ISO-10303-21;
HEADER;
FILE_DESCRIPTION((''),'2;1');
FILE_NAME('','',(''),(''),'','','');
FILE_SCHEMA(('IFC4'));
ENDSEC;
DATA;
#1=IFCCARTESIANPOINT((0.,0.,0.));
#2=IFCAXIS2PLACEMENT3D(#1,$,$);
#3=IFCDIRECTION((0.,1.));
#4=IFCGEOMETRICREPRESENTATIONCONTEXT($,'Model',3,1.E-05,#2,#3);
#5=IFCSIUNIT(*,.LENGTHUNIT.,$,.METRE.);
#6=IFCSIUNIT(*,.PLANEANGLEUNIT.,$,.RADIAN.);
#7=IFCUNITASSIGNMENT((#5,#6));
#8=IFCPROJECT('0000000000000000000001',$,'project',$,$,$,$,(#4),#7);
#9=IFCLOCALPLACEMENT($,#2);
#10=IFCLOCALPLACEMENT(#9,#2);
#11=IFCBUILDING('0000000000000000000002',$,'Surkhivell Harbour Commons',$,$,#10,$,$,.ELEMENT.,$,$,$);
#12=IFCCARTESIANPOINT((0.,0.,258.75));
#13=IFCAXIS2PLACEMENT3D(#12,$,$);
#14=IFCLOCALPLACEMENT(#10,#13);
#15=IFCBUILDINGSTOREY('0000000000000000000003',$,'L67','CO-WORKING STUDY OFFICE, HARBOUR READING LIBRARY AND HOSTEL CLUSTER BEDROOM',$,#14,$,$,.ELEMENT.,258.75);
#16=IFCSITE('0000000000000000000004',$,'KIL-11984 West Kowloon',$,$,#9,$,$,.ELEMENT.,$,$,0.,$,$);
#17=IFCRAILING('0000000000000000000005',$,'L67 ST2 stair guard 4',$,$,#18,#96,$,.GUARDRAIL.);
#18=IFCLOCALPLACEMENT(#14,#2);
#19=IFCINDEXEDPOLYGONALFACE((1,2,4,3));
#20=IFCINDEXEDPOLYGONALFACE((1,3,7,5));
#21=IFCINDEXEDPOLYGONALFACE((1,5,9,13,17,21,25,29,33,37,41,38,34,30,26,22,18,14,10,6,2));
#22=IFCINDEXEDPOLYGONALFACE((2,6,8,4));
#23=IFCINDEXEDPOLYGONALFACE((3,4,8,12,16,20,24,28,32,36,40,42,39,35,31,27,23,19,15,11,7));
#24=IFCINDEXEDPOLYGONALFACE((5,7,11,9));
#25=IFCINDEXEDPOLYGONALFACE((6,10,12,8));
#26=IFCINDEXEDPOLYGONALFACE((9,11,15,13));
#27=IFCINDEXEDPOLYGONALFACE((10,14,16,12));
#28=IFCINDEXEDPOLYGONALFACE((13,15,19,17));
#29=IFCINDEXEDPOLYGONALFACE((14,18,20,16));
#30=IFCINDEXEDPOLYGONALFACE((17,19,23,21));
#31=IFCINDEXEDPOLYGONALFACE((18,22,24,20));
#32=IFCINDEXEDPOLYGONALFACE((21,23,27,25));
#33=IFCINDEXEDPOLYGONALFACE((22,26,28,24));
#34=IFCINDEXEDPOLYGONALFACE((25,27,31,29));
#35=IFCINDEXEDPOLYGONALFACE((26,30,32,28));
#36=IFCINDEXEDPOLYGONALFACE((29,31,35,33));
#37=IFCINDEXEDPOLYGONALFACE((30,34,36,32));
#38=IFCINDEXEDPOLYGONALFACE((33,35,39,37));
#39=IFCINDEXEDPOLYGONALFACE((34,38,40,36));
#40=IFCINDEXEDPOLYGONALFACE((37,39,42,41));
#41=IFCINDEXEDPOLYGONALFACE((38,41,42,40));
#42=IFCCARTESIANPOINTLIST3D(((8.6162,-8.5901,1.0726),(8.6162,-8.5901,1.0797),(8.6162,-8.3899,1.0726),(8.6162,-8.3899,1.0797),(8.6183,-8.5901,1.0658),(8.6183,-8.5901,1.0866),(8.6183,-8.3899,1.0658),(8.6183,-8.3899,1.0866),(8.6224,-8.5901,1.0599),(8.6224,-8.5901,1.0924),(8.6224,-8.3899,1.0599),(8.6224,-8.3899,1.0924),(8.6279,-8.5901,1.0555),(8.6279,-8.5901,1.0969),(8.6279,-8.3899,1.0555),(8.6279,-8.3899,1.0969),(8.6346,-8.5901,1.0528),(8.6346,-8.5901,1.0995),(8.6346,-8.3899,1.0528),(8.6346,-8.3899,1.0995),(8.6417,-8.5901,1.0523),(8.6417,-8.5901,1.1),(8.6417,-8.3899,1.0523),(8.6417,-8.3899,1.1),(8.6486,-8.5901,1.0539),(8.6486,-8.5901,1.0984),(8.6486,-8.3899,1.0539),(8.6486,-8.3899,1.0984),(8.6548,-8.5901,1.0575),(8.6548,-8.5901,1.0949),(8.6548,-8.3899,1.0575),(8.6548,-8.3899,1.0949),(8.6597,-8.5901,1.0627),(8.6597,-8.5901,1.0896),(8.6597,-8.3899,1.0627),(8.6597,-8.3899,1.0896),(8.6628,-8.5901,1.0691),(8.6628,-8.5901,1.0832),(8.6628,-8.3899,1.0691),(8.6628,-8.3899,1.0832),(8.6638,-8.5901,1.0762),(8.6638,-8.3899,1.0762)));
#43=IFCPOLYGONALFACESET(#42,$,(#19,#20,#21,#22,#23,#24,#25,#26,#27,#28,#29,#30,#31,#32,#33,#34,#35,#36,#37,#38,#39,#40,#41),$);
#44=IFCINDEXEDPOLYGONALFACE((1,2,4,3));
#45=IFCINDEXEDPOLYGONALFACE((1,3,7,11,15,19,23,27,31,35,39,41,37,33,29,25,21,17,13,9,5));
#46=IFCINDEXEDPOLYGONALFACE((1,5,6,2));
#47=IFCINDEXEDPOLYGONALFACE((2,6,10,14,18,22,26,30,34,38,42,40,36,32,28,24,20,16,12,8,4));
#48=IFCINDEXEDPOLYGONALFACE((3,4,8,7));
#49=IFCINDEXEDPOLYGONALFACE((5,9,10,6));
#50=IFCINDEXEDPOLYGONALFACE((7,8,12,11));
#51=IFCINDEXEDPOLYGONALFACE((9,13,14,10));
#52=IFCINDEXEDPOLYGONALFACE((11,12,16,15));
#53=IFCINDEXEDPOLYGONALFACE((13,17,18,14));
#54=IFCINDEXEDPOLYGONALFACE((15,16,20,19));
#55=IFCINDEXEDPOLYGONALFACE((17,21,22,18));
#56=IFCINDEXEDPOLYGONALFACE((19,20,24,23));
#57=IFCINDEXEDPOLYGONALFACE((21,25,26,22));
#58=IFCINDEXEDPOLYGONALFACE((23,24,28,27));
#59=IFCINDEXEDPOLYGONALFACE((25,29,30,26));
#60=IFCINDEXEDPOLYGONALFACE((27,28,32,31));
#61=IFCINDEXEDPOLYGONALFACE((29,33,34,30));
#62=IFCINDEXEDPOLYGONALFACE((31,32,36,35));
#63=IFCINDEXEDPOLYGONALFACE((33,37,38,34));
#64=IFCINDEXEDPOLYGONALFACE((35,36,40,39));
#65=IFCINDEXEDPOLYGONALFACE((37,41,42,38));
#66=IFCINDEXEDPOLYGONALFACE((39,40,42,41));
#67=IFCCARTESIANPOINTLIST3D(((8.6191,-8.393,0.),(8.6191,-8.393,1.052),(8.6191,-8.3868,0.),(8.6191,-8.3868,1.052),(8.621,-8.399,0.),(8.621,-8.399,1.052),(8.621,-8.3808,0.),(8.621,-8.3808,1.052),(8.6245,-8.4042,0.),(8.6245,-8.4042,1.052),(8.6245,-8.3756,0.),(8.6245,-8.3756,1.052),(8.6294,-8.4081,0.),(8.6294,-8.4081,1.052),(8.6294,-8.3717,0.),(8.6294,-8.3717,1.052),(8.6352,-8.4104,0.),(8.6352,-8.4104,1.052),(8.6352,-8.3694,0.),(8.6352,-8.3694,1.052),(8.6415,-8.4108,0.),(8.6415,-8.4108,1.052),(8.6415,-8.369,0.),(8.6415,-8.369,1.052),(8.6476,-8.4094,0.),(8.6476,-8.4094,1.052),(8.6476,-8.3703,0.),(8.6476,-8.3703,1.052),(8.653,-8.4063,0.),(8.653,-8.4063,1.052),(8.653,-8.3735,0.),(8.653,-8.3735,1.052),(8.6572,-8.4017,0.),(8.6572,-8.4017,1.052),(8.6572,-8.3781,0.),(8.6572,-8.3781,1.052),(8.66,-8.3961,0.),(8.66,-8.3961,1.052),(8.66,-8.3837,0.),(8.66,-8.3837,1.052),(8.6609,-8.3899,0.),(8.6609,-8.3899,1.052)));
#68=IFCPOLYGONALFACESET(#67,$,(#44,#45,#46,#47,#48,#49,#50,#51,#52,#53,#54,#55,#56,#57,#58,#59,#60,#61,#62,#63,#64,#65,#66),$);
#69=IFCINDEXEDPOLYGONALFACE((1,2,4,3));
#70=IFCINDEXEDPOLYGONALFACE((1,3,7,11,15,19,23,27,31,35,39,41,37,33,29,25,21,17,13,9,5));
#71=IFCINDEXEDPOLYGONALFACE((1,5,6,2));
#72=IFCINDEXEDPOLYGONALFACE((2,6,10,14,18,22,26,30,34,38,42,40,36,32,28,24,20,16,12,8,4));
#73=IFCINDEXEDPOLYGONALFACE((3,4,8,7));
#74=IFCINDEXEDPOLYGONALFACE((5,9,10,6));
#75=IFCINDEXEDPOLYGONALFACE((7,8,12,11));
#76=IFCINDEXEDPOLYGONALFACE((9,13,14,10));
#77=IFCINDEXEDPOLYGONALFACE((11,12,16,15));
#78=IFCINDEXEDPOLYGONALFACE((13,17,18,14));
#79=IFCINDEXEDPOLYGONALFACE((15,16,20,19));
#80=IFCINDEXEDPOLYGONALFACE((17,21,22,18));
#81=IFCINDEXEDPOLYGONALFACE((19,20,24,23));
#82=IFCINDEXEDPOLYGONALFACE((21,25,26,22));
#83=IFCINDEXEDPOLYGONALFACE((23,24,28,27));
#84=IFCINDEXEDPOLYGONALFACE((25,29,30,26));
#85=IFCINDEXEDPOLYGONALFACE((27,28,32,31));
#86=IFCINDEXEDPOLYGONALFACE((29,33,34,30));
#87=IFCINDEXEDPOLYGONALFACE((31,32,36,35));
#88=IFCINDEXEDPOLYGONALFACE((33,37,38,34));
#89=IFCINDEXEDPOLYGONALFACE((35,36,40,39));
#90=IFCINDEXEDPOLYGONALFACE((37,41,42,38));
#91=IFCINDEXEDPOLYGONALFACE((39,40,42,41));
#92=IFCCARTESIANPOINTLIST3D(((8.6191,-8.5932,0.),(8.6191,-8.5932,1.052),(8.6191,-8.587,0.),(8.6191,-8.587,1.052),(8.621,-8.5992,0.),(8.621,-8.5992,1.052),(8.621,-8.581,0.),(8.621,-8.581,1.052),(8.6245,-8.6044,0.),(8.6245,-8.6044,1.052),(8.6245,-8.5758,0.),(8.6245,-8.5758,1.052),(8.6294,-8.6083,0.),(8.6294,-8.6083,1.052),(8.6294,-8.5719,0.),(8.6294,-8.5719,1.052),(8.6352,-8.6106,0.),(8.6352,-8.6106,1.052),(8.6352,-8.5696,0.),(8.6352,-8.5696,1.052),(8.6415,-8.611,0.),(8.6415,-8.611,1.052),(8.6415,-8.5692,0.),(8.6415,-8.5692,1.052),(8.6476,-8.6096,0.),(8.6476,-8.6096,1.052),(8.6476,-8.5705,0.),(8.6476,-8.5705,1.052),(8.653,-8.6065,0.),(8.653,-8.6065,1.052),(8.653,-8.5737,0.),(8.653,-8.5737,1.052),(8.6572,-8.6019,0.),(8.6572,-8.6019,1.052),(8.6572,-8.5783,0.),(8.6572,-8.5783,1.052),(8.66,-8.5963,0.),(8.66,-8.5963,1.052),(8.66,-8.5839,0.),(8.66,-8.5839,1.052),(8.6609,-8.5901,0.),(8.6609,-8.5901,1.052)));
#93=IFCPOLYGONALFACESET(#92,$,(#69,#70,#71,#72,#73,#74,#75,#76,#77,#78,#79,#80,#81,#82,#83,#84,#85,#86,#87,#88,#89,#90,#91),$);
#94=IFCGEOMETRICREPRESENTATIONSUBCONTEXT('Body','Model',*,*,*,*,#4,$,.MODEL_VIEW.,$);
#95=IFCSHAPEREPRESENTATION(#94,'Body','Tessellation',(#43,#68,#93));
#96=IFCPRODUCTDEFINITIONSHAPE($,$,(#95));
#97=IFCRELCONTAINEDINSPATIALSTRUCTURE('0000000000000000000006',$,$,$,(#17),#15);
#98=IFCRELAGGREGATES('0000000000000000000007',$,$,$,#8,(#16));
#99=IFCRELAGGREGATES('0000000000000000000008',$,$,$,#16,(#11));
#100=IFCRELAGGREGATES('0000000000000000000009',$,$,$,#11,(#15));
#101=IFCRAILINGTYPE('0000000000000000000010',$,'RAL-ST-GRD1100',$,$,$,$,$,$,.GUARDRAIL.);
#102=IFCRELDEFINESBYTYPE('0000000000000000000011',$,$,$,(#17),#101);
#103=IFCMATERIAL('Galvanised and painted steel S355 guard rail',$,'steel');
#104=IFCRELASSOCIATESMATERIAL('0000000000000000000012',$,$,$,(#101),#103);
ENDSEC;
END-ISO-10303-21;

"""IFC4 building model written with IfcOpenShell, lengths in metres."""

from ifc_helpers import new_model, si_unit, direction, frame, origin, origin_2d, place, context, subcontext, project, spatial, circle, extrude, material, type_object, element, save


model = new_model("IFC4")

# Units and contexts
model_context = context("Model", 3, precision=1e-05, world=origin(), true_north=direction((0.0, 1.0)))
body_context = subcontext(model_context, "Body", "Model", "MODEL_VIEW")
ifc_project = project(units=[si_unit("LENGTHUNIT", "METRE"), si_unit("PLANEANGLEUNIT", "RADIAN")], contexts=[model_context])

# Site, building, storey
site_placement = place(None, origin())
site = spatial("IfcSite", under=ifc_project, at=site_placement, Name="KIL-11984 West Kowloon", CompositionType="ELEMENT", RefElevation=0.0)
building_placement = place(site_placement, origin())
building = spatial("IfcBuilding", under=site, at=building_placement, Name="Surkhivell Harbour Commons", CompositionType="ELEMENT")
storey_placement = place(building_placement, frame((0.0, 0.0, 258.75)))
storey = spatial("IfcBuildingStorey", under=building, at=storey_placement, Name="L67", Description="CO-WORKING STUDY OFFICE, HARBOUR READING LIBRARY AND HOSTEL CLUSTER BEDROOM", CompositionType="ELEMENT", Elevation=258.75)

# Railing
ifc_material_1 = material(Name="Galvanised and painted steel S355 guard rail", Category="steel")
railing_type_1 = type_object("IfcRailingType", Name="RAL-ST-GRD1100", PredefinedType="GUARDRAIL", material=ifc_material_1)
railing_1_placement = place(storey_placement, frame((8.6399, -8.3899, 0.0)))
element("IfcRailing", 1, at=railing_1_placement, inside=storey, type_object=railing_type_1, Name="L67 ST2 stair guard 4", PredefinedType="GUARDRAIL", context=body_context, shape_type="SweptSolid", body=[
    extrude(circle(Radius=0.0239, at=origin_2d()), frame((0.0, 0.0, 1.0762), z_axis=(0.0, -1.0, 0.0), x_axis=(1.0, 0.0, 0.0)), (0.0, 0.0, 1.0), 0.2002),
    extrude(circle(Radius=0.021, at=origin_2d()), origin(), (0.0, 0.0, 1.0), 1.052),
    extrude(circle(Radius=0.021, at=origin_2d()), frame((0.0, -0.2002, 0.0)), (0.0, 0.0, 1.0), 1.052),
])

save(model, "model.ifc")
